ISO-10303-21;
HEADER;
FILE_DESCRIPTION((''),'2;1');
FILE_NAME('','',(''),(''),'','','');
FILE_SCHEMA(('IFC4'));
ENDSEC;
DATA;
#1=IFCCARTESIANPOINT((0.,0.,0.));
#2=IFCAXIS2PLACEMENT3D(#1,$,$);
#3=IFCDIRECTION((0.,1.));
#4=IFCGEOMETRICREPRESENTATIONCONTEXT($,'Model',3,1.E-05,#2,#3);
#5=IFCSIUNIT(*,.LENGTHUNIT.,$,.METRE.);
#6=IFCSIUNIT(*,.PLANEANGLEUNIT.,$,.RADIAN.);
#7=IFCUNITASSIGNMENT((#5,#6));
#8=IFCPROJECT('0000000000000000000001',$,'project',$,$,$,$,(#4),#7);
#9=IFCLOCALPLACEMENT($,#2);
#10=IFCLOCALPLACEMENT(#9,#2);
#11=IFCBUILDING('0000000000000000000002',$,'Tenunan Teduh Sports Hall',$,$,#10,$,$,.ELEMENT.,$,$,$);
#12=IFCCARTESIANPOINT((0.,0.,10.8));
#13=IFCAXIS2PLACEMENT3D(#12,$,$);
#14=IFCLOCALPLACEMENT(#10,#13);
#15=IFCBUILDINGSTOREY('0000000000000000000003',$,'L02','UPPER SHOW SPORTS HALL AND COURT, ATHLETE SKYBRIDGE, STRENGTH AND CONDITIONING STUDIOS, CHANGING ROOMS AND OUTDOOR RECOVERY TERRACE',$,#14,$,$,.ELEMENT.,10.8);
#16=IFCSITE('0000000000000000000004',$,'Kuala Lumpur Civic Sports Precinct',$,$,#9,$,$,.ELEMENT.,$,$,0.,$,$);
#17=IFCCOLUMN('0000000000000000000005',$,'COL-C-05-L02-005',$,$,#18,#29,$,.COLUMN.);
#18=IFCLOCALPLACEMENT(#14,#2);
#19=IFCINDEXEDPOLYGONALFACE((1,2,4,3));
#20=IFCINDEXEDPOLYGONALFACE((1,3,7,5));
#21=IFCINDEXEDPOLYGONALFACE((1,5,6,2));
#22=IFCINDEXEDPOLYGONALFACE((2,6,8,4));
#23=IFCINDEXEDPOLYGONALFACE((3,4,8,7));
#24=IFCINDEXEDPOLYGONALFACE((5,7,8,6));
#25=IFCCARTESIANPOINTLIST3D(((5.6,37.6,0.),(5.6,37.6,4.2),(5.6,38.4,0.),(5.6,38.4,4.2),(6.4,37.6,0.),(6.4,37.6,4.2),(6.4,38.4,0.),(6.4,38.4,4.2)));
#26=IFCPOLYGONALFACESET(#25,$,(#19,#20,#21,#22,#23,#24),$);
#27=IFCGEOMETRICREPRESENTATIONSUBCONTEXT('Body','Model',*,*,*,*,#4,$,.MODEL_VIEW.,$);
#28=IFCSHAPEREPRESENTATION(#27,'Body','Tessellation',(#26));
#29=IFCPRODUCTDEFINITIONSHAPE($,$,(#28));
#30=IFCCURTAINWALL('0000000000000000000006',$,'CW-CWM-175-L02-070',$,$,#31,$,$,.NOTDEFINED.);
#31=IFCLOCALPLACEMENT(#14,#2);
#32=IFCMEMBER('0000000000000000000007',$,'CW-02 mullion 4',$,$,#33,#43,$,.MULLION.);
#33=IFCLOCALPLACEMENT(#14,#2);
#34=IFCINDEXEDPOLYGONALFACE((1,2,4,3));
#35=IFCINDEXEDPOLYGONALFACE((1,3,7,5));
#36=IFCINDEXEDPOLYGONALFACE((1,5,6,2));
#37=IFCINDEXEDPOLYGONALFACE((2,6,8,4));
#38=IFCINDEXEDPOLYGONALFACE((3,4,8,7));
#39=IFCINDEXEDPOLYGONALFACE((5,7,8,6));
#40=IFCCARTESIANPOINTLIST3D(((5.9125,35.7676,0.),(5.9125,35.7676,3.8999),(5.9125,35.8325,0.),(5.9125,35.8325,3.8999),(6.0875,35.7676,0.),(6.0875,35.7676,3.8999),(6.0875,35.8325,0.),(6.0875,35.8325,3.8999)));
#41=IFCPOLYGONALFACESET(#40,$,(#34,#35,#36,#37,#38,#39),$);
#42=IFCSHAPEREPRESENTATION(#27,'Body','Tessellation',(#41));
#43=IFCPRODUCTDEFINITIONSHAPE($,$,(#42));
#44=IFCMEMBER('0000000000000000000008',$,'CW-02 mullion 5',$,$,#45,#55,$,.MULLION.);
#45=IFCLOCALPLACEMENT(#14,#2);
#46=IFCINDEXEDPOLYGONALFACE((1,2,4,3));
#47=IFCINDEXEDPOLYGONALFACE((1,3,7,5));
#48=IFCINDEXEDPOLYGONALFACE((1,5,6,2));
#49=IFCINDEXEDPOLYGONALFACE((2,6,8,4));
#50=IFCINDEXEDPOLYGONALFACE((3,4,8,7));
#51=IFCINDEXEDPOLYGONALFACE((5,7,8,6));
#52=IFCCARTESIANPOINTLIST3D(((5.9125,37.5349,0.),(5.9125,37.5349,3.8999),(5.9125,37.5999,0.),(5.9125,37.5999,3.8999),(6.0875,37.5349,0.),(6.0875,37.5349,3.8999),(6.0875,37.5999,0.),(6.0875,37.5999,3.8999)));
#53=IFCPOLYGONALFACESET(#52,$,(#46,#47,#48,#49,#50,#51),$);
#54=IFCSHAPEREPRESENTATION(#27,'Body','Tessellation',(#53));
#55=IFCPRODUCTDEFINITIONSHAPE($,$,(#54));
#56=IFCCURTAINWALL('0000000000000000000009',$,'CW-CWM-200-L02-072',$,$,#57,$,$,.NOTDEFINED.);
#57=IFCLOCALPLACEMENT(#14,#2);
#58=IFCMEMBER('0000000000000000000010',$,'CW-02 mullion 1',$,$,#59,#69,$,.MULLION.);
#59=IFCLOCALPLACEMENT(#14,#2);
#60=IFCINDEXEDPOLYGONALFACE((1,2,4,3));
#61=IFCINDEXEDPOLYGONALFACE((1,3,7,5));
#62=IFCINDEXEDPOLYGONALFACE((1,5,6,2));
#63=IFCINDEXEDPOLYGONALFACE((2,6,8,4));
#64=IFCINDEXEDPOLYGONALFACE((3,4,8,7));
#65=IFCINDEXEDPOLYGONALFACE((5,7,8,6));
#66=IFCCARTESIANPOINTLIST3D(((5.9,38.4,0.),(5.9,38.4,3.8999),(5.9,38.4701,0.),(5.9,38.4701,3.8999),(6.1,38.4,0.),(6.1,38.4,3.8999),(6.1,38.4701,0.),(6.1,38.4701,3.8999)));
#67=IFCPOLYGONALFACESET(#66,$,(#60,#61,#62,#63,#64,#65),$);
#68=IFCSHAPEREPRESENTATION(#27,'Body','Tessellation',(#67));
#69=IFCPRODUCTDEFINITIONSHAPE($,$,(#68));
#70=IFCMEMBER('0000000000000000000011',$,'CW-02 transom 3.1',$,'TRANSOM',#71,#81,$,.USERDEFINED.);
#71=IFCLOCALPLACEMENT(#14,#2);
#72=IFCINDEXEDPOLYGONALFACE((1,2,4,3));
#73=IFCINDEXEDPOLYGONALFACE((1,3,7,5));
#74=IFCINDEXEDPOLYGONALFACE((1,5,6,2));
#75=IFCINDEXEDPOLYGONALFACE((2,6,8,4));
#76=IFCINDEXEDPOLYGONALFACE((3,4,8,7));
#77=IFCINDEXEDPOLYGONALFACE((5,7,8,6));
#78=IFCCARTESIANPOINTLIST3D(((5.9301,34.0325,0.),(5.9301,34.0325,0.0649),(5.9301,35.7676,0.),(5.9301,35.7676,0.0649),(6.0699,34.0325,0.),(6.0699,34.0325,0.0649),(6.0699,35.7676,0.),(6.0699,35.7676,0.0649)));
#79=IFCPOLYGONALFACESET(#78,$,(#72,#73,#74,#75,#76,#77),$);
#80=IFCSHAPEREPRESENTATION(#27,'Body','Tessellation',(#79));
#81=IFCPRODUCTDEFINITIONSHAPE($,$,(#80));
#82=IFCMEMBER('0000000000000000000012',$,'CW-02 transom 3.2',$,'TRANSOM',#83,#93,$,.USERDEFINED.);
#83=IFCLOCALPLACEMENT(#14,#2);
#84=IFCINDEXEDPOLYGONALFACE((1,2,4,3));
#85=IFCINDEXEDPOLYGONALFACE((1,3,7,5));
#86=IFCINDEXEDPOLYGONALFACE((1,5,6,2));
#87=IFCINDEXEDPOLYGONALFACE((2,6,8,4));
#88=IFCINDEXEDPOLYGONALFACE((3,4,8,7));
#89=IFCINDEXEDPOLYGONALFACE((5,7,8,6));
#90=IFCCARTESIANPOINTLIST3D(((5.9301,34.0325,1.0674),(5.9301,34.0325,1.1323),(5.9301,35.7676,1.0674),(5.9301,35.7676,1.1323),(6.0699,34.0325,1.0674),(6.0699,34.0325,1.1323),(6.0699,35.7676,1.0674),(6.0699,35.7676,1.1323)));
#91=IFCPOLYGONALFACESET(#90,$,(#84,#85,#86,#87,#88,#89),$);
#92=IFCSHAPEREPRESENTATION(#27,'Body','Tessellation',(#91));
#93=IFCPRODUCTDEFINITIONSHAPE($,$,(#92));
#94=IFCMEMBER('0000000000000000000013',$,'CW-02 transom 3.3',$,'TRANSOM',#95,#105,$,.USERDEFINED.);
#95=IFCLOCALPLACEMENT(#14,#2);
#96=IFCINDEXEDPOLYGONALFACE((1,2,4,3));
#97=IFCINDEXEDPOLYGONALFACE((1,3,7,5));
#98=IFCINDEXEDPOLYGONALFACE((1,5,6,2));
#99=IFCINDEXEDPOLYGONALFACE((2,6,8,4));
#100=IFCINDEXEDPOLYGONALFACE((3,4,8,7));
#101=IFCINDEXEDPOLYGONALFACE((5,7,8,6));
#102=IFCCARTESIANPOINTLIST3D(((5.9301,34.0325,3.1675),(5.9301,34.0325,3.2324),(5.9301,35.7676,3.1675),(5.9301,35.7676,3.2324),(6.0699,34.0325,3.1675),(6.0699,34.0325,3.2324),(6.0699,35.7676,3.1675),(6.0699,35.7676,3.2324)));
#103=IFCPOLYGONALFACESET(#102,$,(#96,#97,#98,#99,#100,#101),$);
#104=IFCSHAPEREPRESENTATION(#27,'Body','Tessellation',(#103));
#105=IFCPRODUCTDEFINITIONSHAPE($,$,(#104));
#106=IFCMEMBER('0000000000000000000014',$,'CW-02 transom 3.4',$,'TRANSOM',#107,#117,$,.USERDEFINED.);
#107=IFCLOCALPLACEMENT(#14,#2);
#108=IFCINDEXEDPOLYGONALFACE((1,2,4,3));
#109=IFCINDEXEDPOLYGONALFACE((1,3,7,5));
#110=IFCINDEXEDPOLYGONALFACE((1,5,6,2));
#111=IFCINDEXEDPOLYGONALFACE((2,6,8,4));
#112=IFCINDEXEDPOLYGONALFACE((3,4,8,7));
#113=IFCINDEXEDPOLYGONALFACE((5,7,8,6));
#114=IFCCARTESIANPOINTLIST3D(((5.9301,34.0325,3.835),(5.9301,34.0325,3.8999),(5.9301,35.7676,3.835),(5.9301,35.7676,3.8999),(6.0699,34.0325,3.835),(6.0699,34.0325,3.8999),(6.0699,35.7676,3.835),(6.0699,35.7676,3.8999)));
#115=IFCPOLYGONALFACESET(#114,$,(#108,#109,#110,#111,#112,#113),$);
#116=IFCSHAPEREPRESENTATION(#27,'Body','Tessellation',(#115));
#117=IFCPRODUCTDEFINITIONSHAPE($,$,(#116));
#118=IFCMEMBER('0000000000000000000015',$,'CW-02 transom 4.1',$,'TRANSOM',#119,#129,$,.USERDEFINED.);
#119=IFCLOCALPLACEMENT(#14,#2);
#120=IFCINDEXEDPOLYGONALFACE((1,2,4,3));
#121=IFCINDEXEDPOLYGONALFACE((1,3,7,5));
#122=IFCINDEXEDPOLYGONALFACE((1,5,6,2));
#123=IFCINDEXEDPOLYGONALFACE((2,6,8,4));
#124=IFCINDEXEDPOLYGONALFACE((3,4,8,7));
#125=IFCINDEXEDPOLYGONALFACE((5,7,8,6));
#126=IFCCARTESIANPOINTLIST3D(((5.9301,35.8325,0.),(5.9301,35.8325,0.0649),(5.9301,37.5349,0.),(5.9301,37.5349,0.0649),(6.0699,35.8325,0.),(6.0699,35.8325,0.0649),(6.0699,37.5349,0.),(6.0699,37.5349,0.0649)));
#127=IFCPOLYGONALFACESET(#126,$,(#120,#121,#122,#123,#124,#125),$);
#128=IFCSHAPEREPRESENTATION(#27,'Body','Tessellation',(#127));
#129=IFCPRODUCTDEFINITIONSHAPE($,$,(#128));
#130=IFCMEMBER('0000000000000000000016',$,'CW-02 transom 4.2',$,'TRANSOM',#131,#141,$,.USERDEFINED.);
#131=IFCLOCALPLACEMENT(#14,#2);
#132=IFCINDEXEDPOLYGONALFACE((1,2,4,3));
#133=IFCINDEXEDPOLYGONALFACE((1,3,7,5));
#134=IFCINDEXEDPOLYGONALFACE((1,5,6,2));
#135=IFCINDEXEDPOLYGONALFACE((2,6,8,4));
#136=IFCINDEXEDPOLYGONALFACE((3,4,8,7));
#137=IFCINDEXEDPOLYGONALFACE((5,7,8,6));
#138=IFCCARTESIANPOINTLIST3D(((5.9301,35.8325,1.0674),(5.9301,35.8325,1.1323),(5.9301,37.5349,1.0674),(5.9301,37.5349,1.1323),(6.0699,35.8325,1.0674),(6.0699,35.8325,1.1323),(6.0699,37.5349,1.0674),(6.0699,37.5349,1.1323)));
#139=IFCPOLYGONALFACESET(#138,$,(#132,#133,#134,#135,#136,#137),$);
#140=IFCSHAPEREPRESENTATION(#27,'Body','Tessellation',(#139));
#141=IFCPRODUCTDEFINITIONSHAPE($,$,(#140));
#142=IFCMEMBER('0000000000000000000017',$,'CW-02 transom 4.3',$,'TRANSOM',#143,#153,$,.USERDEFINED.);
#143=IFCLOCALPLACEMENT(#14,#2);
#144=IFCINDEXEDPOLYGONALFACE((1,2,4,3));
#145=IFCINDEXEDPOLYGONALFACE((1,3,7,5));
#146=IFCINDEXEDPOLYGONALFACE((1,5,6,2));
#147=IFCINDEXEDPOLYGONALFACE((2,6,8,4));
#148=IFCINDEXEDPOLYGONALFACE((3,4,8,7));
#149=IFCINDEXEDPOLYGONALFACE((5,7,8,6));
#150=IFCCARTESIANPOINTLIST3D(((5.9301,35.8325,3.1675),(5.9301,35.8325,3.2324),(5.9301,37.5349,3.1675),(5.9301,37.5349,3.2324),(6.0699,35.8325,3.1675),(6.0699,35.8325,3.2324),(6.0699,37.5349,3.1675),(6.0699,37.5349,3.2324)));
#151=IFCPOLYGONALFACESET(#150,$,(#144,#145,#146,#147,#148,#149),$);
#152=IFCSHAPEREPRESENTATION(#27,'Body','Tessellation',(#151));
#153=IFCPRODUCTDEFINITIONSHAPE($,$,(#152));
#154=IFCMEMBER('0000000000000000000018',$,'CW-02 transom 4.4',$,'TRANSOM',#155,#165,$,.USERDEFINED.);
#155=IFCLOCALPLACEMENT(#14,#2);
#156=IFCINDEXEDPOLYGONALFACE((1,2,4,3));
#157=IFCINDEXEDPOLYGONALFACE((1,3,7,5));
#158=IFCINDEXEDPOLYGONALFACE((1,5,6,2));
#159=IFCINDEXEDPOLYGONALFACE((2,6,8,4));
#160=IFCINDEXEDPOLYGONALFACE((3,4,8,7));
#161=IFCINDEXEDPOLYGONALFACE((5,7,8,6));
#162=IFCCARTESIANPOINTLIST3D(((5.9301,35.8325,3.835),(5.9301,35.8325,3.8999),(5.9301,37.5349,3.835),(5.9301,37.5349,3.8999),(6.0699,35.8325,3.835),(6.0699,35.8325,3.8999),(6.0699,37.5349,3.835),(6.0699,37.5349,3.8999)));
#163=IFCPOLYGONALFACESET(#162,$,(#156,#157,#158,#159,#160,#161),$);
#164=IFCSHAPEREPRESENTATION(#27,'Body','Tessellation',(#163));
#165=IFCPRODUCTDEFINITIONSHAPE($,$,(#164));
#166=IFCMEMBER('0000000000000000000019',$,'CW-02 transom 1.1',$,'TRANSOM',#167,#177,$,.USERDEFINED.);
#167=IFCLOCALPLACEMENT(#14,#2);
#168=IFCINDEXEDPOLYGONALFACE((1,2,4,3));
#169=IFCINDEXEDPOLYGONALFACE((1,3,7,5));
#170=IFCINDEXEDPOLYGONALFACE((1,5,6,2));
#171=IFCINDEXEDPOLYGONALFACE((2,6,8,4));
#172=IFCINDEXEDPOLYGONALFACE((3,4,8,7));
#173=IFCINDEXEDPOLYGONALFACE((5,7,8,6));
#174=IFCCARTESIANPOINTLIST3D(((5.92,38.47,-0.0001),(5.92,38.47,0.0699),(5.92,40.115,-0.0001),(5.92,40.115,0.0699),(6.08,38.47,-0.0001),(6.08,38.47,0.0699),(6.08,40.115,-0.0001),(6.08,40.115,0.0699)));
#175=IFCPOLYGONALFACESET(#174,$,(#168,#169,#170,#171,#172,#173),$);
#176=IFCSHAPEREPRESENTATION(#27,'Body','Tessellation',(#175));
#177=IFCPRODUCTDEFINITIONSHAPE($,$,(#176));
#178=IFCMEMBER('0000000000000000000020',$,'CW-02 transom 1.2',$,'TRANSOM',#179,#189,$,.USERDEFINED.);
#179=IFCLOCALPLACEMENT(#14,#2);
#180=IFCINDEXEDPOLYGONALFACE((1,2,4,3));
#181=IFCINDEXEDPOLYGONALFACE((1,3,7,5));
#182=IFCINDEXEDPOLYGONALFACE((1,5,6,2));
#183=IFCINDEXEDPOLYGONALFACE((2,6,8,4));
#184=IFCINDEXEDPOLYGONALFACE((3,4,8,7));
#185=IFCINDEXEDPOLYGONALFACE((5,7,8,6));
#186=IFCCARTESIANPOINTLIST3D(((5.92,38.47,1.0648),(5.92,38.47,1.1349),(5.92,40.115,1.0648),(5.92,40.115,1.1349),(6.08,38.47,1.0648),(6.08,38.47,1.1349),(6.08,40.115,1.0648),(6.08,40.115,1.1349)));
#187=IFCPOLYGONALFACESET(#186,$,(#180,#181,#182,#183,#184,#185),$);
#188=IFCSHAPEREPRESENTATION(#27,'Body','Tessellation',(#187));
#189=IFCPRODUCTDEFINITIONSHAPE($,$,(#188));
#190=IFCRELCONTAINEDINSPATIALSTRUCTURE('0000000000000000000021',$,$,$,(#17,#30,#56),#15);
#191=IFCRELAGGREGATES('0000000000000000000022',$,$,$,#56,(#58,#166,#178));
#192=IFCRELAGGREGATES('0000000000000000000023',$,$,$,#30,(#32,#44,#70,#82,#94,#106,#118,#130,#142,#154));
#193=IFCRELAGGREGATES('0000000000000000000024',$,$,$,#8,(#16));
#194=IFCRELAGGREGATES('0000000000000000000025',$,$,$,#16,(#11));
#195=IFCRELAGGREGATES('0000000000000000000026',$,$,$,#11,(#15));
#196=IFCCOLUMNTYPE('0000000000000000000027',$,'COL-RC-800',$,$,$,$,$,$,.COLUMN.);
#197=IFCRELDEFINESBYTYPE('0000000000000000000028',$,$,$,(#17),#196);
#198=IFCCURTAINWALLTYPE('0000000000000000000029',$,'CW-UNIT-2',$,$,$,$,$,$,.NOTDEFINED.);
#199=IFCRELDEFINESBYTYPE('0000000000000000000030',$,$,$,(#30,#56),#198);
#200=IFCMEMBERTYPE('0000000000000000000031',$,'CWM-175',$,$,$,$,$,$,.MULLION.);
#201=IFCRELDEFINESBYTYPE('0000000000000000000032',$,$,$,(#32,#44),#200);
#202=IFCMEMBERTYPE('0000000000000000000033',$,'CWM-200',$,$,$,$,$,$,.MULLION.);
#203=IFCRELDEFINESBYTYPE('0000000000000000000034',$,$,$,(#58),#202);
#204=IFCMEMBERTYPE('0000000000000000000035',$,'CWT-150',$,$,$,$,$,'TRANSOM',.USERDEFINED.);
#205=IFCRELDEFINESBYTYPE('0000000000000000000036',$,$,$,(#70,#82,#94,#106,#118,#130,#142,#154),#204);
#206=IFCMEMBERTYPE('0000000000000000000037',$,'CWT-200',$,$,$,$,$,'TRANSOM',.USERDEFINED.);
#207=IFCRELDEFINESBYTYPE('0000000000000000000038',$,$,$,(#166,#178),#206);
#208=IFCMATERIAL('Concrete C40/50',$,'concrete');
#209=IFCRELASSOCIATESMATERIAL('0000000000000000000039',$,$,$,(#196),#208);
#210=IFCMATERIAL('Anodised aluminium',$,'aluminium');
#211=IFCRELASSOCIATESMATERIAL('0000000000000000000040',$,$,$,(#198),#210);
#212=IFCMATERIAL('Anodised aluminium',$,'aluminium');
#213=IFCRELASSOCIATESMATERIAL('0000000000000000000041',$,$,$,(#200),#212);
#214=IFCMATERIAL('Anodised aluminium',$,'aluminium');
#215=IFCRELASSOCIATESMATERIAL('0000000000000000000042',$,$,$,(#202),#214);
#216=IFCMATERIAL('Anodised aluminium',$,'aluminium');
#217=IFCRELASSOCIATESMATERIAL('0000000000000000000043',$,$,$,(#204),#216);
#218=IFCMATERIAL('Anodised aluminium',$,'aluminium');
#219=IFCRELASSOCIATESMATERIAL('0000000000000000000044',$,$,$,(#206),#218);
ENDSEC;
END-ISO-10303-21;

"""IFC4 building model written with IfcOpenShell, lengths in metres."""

from ifc_helpers import new_model, si_unit, direction, frame, origin, origin_2d, place, context, subcontext, project, spatial, rectangle, extrude, material, material_profile, profile_set, type_object, element, aggregate, save


model = new_model("IFC4")

# Units and contexts
model_context = context("Model", 3, precision=1e-05, world=origin(), true_north=direction((0.0, 1.0)))
body_context = subcontext(model_context, "Body", "Model", "MODEL_VIEW")
ifc_project = project(units=[si_unit("LENGTHUNIT", "METRE"), si_unit("PLANEANGLEUNIT", "RADIAN")], contexts=[model_context])

# Site, building, storey
site_placement = place(None, origin())
site = spatial("IfcSite", under=ifc_project, at=site_placement, Name="Kuala Lumpur Civic Sports Precinct", CompositionType="ELEMENT", RefElevation=0.0)
building_placement = place(site_placement, origin())
building = spatial("IfcBuilding", under=site, at=building_placement, Name="Tenunan Teduh Sports Hall", CompositionType="ELEMENT")
storey_placement = place(building_placement, frame((0.0, 0.0, 10.8)))
storey = spatial("IfcBuildingStorey", under=building, at=storey_placement, Name="L02", Description="UPPER SHOW SPORTS HALL AND COURT, ATHLETE SKYBRIDGE, STRENGTH AND CONDITIONING STUDIOS, CHANGING ROOMS AND OUTDOOR RECOVERY TERRACE", CompositionType="ELEMENT", Elevation=10.8)

# Column
ifc_material_1 = material(Name="Concrete C40/50", Category="concrete")
ifc_material_profile_1 = material_profile(ifc_material_1, rectangle(XDim=0.8, YDim=0.8, at=origin_2d()), Name="RC 800x800")
ifc_profile_set_1 = profile_set([ifc_material_profile_1], Name="Concrete C40/50")
column_type = type_object("IfcColumnType", Name="COL-RC-800", PredefinedType="COLUMN", material=ifc_profile_set_1)
column_placement = place(storey_placement, frame((6.0, 38.0, 0.0), z_axis=(0.0, 0.0, 1.0), x_axis=(1.0, 0.0, 0.0)))
element("IfcColumn", 1, at=column_placement, inside=storey, type_object=column_type, Name="COL-C-05-L02-005", PredefinedType="COLUMN", context=body_context, shape_type="SweptSolid", body=[
    extrude(rectangle(XDim=0.8, YDim=0.8, at=origin_2d()), origin(), (0.0, 0.0, 1.0), 4.2),
])

# Curtain wall, members
ifc_material_2 = material(Name="Anodised aluminium", Category="aluminium")
curtain_wall_type = type_object("IfcCurtainWallType", Name="CW-UNIT-2", PredefinedType="NOTDEFINED", material=ifc_material_2)
curtain_wall_1_placement = place(storey_placement, origin())
curtain_wall_1 = element("IfcCurtainWall", 2, at=curtain_wall_1_placement, inside=storey, type_object=curtain_wall_type, Name="CW-CWM-175-L02-070", PredefinedType="NOTDEFINED")
ifc_material_3 = material(Name="Anodised aluminium", Category="aluminium")
ifc_material_profile_2 = material_profile(ifc_material_3, rectangle(XDim=0.0649, YDim=0.175, at=origin_2d()), Name="CWM 65x175")
ifc_profile_set_2 = profile_set([ifc_material_profile_2], Name="Anodised aluminium")
member_type_1 = type_object("IfcMemberType", Name="CWM-175", PredefinedType="MULLION", material=ifc_profile_set_2)
member_1_placement = place(storey_placement, frame((6.0, 35.8, 0.0), z_axis=(0.0, 0.0, 1.0), x_axis=(0.0, 1.0, 0.0)))
member_1 = element("IfcMember", 3, at=member_1_placement, type_object=member_type_1, Name="CW-02 mullion 4", PredefinedType="MULLION", context=body_context, shape_type="SweptSolid", body=[
    extrude(rectangle(XDim=0.0649, YDim=0.175, at=origin_2d()), origin(), (0.0, 0.0, 1.0), 3.8999),
])
member_2_placement = place(storey_placement, frame((6.0, 37.5674, 0.0), z_axis=(0.0, 0.0, 1.0), x_axis=(0.0, 1.0, 0.0)))
member_2 = element("IfcMember", 4, at=member_2_placement, type_object=member_type_1, Name="CW-02 mullion 5", PredefinedType="MULLION", context=body_context, shape_type="SweptSolid", body=[
    extrude(rectangle(XDim=0.0649, YDim=0.175, at=origin_2d()), origin(), (0.0, 0.0, 1.0), 3.8999),
])

# Curtain wall, member
curtain_wall_2_placement = place(storey_placement, origin())
curtain_wall_2 = element("IfcCurtainWall", 5, at=curtain_wall_2_placement, inside=storey, type_object=curtain_wall_type, Name="CW-CWM-200-L02-072", PredefinedType="NOTDEFINED")
ifc_material_4 = material(Name="Anodised aluminium", Category="aluminium")
ifc_material_profile_3 = material_profile(ifc_material_4, rectangle(XDim=0.0701, YDim=0.2, at=origin_2d()), Name="CWM 70x200")
ifc_profile_set_3 = profile_set([ifc_material_profile_3], Name="Anodised aluminium")
member_type_2 = type_object("IfcMemberType", Name="CWM-200", PredefinedType="MULLION", material=ifc_profile_set_3)
member_3_placement = place(storey_placement, frame((6.0, 38.4351, 0.0), z_axis=(0.0, 0.0, 1.0), x_axis=(0.0, 1.0, 0.0)))
member_3 = element("IfcMember", 6, at=member_3_placement, type_object=member_type_2, Name="CW-02 mullion 1", PredefinedType="MULLION", context=body_context, shape_type="SweptSolid", body=[
    extrude(rectangle(XDim=0.0701, YDim=0.2, at=origin_2d()), origin(), (0.0, 0.0, 1.0), 3.8999),
])

# Members
ifc_material_5 = material(Name="Anodised aluminium", Category="aluminium")
ifc_material_profile_4 = material_profile(ifc_material_5, rectangle(XDim=0.0649, YDim=0.1399, at=origin_2d()), Name="CWT 65x140")
ifc_profile_set_4 = profile_set([ifc_material_profile_4], Name="Anodised aluminium")
member_type_3 = type_object("IfcMemberType", Name="CWT-150", ElementType="TRANSOM", PredefinedType="USERDEFINED", material=ifc_profile_set_4)
member_4_placement = place(storey_placement, frame((6.0, 34.0325, 0.0325), z_axis=(0.0, 1.0, 0.0), x_axis=(0.0, 0.0, 1.0)))
member_4 = element("IfcMember", 7, at=member_4_placement, type_object=member_type_3, Name="CW-02 transom 3.1", ObjectType="TRANSOM", PredefinedType="USERDEFINED", context=body_context, shape_type="SweptSolid", body=[
    extrude(rectangle(XDim=0.0649, YDim=0.1399, at=origin_2d()), origin(), (0.0, 0.0, 1.0), 1.7351),
])
member_5_placement = place(storey_placement, frame((6.0, 34.0325, 1.0999), z_axis=(0.0, 1.0, 0.0), x_axis=(0.0, 0.0, 1.0)))
member_5 = element("IfcMember", 8, at=member_5_placement, type_object=member_type_3, Name="CW-02 transom 3.2", ObjectType="TRANSOM", PredefinedType="USERDEFINED", context=body_context, shape_type="SweptSolid", body=[
    extrude(rectangle(XDim=0.0649, YDim=0.1399, at=origin_2d()), origin(), (0.0, 0.0, 1.0), 1.7351),
])
member_6_placement = place(storey_placement, frame((6.0, 34.0325, 3.2), z_axis=(0.0, 1.0, 0.0), x_axis=(0.0, 0.0, 1.0)))
member_6 = element("IfcMember", 9, at=member_6_placement, type_object=member_type_3, Name="CW-02 transom 3.3", ObjectType="TRANSOM", PredefinedType="USERDEFINED", context=body_context, shape_type="SweptSolid", body=[
    extrude(rectangle(XDim=0.0649, YDim=0.1399, at=origin_2d()), origin(), (0.0, 0.0, 1.0), 1.7351),
])
member_7_placement = place(storey_placement, frame((6.0, 34.0325, 3.8674), z_axis=(0.0, 1.0, 0.0), x_axis=(0.0, 0.0, 1.0)))
member_7 = element("IfcMember", 10, at=member_7_placement, type_object=member_type_3, Name="CW-02 transom 3.4", ObjectType="TRANSOM", PredefinedType="USERDEFINED", context=body_context, shape_type="SweptSolid", body=[
    extrude(rectangle(XDim=0.0649, YDim=0.1399, at=origin_2d()), origin(), (0.0, 0.0, 1.0), 1.7351),
])
member_8_placement = place(storey_placement, frame((6.0, 35.8325, 0.0325), z_axis=(0.0, 1.0, 0.0), x_axis=(0.0, 0.0, 1.0)))
member_8 = element("IfcMember", 11, at=member_8_placement, type_object=member_type_3, Name="CW-02 transom 4.1", ObjectType="TRANSOM", PredefinedType="USERDEFINED", context=body_context, shape_type="SweptSolid", body=[
    extrude(rectangle(XDim=0.0649, YDim=0.1399, at=origin_2d()), origin(), (0.0, 0.0, 1.0), 1.7024),
])
member_9_placement = place(storey_placement, frame((6.0, 35.8325, 1.0999), z_axis=(0.0, 1.0, 0.0), x_axis=(0.0, 0.0, 1.0)))
member_9 = element("IfcMember", 12, at=member_9_placement, type_object=member_type_3, Name="CW-02 transom 4.2", ObjectType="TRANSOM", PredefinedType="USERDEFINED", context=body_context, shape_type="SweptSolid", body=[
    extrude(rectangle(XDim=0.0649, YDim=0.1399, at=origin_2d()), origin(), (0.0, 0.0, 1.0), 1.7024),
])
member_10_placement = place(storey_placement, frame((6.0, 35.8325, 3.2), z_axis=(0.0, 1.0, 0.0), x_axis=(0.0, 0.0, 1.0)))
member_10 = element("IfcMember", 13, at=member_10_placement, type_object=member_type_3, Name="CW-02 transom 4.3", ObjectType="TRANSOM", PredefinedType="USERDEFINED", context=body_context, shape_type="SweptSolid", body=[
    extrude(rectangle(XDim=0.0649, YDim=0.1399, at=origin_2d()), origin(), (0.0, 0.0, 1.0), 1.7024),
])
member_11_placement = place(storey_placement, frame((6.0, 35.8325, 3.8674), z_axis=(0.0, 1.0, 0.0), x_axis=(0.0, 0.0, 1.0)))
member_11 = element("IfcMember", 14, at=member_11_placement, type_object=member_type_3, Name="CW-02 transom 4.4", ObjectType="TRANSOM", PredefinedType="USERDEFINED", context=body_context, shape_type="SweptSolid", body=[
    extrude(rectangle(XDim=0.0649, YDim=0.1399, at=origin_2d()), origin(), (0.0, 0.0, 1.0), 1.7024),
])
ifc_material_6 = material(Name="Anodised aluminium", Category="aluminium")
ifc_material_profile_5 = material_profile(ifc_material_6, rectangle(XDim=0.0701, YDim=0.1599, at=origin_2d()), Name="CWT 70x160")
ifc_profile_set_5 = profile_set([ifc_material_profile_5], Name="Anodised aluminium")
member_type_4 = type_object("IfcMemberType", Name="CWT-200", ElementType="TRANSOM", PredefinedType="USERDEFINED", material=ifc_profile_set_5)
member_12_placement = place(storey_placement, frame((6.0, 38.47, 0.0349), z_axis=(0.0, 1.0, 0.0), x_axis=(0.0, 0.0, 1.0)))
member_12 = element("IfcMember", 15, at=member_12_placement, type_object=member_type_4, Name="CW-02 transom 1.1", ObjectType="TRANSOM", PredefinedType="USERDEFINED", context=body_context, shape_type="SweptSolid", body=[
    extrude(rectangle(XDim=0.0701, YDim=0.1599, at=origin_2d()), origin(), (0.0, 0.0, 1.0), 1.645),
])
member_13_placement = place(storey_placement, frame((6.0, 38.47, 1.0999), z_axis=(0.0, 1.0, 0.0), x_axis=(0.0, 0.0, 1.0)))
member_13 = element("IfcMember", 16, at=member_13_placement, type_object=member_type_4, Name="CW-02 transom 1.2", ObjectType="TRANSOM", PredefinedType="USERDEFINED", context=body_context, shape_type="SweptSolid", body=[
    extrude(rectangle(XDim=0.0701, YDim=0.1599, at=origin_2d()), origin(), (0.0, 0.0, 1.0), 1.645),
])
aggregate(curtain_wall_2, [member_3, member_12, member_13])

aggregate(curtain_wall_1, [member_1, member_2, member_4, member_5, member_6, member_7, member_8, member_9, member_10, member_11])

save(model, "model.ifc")
